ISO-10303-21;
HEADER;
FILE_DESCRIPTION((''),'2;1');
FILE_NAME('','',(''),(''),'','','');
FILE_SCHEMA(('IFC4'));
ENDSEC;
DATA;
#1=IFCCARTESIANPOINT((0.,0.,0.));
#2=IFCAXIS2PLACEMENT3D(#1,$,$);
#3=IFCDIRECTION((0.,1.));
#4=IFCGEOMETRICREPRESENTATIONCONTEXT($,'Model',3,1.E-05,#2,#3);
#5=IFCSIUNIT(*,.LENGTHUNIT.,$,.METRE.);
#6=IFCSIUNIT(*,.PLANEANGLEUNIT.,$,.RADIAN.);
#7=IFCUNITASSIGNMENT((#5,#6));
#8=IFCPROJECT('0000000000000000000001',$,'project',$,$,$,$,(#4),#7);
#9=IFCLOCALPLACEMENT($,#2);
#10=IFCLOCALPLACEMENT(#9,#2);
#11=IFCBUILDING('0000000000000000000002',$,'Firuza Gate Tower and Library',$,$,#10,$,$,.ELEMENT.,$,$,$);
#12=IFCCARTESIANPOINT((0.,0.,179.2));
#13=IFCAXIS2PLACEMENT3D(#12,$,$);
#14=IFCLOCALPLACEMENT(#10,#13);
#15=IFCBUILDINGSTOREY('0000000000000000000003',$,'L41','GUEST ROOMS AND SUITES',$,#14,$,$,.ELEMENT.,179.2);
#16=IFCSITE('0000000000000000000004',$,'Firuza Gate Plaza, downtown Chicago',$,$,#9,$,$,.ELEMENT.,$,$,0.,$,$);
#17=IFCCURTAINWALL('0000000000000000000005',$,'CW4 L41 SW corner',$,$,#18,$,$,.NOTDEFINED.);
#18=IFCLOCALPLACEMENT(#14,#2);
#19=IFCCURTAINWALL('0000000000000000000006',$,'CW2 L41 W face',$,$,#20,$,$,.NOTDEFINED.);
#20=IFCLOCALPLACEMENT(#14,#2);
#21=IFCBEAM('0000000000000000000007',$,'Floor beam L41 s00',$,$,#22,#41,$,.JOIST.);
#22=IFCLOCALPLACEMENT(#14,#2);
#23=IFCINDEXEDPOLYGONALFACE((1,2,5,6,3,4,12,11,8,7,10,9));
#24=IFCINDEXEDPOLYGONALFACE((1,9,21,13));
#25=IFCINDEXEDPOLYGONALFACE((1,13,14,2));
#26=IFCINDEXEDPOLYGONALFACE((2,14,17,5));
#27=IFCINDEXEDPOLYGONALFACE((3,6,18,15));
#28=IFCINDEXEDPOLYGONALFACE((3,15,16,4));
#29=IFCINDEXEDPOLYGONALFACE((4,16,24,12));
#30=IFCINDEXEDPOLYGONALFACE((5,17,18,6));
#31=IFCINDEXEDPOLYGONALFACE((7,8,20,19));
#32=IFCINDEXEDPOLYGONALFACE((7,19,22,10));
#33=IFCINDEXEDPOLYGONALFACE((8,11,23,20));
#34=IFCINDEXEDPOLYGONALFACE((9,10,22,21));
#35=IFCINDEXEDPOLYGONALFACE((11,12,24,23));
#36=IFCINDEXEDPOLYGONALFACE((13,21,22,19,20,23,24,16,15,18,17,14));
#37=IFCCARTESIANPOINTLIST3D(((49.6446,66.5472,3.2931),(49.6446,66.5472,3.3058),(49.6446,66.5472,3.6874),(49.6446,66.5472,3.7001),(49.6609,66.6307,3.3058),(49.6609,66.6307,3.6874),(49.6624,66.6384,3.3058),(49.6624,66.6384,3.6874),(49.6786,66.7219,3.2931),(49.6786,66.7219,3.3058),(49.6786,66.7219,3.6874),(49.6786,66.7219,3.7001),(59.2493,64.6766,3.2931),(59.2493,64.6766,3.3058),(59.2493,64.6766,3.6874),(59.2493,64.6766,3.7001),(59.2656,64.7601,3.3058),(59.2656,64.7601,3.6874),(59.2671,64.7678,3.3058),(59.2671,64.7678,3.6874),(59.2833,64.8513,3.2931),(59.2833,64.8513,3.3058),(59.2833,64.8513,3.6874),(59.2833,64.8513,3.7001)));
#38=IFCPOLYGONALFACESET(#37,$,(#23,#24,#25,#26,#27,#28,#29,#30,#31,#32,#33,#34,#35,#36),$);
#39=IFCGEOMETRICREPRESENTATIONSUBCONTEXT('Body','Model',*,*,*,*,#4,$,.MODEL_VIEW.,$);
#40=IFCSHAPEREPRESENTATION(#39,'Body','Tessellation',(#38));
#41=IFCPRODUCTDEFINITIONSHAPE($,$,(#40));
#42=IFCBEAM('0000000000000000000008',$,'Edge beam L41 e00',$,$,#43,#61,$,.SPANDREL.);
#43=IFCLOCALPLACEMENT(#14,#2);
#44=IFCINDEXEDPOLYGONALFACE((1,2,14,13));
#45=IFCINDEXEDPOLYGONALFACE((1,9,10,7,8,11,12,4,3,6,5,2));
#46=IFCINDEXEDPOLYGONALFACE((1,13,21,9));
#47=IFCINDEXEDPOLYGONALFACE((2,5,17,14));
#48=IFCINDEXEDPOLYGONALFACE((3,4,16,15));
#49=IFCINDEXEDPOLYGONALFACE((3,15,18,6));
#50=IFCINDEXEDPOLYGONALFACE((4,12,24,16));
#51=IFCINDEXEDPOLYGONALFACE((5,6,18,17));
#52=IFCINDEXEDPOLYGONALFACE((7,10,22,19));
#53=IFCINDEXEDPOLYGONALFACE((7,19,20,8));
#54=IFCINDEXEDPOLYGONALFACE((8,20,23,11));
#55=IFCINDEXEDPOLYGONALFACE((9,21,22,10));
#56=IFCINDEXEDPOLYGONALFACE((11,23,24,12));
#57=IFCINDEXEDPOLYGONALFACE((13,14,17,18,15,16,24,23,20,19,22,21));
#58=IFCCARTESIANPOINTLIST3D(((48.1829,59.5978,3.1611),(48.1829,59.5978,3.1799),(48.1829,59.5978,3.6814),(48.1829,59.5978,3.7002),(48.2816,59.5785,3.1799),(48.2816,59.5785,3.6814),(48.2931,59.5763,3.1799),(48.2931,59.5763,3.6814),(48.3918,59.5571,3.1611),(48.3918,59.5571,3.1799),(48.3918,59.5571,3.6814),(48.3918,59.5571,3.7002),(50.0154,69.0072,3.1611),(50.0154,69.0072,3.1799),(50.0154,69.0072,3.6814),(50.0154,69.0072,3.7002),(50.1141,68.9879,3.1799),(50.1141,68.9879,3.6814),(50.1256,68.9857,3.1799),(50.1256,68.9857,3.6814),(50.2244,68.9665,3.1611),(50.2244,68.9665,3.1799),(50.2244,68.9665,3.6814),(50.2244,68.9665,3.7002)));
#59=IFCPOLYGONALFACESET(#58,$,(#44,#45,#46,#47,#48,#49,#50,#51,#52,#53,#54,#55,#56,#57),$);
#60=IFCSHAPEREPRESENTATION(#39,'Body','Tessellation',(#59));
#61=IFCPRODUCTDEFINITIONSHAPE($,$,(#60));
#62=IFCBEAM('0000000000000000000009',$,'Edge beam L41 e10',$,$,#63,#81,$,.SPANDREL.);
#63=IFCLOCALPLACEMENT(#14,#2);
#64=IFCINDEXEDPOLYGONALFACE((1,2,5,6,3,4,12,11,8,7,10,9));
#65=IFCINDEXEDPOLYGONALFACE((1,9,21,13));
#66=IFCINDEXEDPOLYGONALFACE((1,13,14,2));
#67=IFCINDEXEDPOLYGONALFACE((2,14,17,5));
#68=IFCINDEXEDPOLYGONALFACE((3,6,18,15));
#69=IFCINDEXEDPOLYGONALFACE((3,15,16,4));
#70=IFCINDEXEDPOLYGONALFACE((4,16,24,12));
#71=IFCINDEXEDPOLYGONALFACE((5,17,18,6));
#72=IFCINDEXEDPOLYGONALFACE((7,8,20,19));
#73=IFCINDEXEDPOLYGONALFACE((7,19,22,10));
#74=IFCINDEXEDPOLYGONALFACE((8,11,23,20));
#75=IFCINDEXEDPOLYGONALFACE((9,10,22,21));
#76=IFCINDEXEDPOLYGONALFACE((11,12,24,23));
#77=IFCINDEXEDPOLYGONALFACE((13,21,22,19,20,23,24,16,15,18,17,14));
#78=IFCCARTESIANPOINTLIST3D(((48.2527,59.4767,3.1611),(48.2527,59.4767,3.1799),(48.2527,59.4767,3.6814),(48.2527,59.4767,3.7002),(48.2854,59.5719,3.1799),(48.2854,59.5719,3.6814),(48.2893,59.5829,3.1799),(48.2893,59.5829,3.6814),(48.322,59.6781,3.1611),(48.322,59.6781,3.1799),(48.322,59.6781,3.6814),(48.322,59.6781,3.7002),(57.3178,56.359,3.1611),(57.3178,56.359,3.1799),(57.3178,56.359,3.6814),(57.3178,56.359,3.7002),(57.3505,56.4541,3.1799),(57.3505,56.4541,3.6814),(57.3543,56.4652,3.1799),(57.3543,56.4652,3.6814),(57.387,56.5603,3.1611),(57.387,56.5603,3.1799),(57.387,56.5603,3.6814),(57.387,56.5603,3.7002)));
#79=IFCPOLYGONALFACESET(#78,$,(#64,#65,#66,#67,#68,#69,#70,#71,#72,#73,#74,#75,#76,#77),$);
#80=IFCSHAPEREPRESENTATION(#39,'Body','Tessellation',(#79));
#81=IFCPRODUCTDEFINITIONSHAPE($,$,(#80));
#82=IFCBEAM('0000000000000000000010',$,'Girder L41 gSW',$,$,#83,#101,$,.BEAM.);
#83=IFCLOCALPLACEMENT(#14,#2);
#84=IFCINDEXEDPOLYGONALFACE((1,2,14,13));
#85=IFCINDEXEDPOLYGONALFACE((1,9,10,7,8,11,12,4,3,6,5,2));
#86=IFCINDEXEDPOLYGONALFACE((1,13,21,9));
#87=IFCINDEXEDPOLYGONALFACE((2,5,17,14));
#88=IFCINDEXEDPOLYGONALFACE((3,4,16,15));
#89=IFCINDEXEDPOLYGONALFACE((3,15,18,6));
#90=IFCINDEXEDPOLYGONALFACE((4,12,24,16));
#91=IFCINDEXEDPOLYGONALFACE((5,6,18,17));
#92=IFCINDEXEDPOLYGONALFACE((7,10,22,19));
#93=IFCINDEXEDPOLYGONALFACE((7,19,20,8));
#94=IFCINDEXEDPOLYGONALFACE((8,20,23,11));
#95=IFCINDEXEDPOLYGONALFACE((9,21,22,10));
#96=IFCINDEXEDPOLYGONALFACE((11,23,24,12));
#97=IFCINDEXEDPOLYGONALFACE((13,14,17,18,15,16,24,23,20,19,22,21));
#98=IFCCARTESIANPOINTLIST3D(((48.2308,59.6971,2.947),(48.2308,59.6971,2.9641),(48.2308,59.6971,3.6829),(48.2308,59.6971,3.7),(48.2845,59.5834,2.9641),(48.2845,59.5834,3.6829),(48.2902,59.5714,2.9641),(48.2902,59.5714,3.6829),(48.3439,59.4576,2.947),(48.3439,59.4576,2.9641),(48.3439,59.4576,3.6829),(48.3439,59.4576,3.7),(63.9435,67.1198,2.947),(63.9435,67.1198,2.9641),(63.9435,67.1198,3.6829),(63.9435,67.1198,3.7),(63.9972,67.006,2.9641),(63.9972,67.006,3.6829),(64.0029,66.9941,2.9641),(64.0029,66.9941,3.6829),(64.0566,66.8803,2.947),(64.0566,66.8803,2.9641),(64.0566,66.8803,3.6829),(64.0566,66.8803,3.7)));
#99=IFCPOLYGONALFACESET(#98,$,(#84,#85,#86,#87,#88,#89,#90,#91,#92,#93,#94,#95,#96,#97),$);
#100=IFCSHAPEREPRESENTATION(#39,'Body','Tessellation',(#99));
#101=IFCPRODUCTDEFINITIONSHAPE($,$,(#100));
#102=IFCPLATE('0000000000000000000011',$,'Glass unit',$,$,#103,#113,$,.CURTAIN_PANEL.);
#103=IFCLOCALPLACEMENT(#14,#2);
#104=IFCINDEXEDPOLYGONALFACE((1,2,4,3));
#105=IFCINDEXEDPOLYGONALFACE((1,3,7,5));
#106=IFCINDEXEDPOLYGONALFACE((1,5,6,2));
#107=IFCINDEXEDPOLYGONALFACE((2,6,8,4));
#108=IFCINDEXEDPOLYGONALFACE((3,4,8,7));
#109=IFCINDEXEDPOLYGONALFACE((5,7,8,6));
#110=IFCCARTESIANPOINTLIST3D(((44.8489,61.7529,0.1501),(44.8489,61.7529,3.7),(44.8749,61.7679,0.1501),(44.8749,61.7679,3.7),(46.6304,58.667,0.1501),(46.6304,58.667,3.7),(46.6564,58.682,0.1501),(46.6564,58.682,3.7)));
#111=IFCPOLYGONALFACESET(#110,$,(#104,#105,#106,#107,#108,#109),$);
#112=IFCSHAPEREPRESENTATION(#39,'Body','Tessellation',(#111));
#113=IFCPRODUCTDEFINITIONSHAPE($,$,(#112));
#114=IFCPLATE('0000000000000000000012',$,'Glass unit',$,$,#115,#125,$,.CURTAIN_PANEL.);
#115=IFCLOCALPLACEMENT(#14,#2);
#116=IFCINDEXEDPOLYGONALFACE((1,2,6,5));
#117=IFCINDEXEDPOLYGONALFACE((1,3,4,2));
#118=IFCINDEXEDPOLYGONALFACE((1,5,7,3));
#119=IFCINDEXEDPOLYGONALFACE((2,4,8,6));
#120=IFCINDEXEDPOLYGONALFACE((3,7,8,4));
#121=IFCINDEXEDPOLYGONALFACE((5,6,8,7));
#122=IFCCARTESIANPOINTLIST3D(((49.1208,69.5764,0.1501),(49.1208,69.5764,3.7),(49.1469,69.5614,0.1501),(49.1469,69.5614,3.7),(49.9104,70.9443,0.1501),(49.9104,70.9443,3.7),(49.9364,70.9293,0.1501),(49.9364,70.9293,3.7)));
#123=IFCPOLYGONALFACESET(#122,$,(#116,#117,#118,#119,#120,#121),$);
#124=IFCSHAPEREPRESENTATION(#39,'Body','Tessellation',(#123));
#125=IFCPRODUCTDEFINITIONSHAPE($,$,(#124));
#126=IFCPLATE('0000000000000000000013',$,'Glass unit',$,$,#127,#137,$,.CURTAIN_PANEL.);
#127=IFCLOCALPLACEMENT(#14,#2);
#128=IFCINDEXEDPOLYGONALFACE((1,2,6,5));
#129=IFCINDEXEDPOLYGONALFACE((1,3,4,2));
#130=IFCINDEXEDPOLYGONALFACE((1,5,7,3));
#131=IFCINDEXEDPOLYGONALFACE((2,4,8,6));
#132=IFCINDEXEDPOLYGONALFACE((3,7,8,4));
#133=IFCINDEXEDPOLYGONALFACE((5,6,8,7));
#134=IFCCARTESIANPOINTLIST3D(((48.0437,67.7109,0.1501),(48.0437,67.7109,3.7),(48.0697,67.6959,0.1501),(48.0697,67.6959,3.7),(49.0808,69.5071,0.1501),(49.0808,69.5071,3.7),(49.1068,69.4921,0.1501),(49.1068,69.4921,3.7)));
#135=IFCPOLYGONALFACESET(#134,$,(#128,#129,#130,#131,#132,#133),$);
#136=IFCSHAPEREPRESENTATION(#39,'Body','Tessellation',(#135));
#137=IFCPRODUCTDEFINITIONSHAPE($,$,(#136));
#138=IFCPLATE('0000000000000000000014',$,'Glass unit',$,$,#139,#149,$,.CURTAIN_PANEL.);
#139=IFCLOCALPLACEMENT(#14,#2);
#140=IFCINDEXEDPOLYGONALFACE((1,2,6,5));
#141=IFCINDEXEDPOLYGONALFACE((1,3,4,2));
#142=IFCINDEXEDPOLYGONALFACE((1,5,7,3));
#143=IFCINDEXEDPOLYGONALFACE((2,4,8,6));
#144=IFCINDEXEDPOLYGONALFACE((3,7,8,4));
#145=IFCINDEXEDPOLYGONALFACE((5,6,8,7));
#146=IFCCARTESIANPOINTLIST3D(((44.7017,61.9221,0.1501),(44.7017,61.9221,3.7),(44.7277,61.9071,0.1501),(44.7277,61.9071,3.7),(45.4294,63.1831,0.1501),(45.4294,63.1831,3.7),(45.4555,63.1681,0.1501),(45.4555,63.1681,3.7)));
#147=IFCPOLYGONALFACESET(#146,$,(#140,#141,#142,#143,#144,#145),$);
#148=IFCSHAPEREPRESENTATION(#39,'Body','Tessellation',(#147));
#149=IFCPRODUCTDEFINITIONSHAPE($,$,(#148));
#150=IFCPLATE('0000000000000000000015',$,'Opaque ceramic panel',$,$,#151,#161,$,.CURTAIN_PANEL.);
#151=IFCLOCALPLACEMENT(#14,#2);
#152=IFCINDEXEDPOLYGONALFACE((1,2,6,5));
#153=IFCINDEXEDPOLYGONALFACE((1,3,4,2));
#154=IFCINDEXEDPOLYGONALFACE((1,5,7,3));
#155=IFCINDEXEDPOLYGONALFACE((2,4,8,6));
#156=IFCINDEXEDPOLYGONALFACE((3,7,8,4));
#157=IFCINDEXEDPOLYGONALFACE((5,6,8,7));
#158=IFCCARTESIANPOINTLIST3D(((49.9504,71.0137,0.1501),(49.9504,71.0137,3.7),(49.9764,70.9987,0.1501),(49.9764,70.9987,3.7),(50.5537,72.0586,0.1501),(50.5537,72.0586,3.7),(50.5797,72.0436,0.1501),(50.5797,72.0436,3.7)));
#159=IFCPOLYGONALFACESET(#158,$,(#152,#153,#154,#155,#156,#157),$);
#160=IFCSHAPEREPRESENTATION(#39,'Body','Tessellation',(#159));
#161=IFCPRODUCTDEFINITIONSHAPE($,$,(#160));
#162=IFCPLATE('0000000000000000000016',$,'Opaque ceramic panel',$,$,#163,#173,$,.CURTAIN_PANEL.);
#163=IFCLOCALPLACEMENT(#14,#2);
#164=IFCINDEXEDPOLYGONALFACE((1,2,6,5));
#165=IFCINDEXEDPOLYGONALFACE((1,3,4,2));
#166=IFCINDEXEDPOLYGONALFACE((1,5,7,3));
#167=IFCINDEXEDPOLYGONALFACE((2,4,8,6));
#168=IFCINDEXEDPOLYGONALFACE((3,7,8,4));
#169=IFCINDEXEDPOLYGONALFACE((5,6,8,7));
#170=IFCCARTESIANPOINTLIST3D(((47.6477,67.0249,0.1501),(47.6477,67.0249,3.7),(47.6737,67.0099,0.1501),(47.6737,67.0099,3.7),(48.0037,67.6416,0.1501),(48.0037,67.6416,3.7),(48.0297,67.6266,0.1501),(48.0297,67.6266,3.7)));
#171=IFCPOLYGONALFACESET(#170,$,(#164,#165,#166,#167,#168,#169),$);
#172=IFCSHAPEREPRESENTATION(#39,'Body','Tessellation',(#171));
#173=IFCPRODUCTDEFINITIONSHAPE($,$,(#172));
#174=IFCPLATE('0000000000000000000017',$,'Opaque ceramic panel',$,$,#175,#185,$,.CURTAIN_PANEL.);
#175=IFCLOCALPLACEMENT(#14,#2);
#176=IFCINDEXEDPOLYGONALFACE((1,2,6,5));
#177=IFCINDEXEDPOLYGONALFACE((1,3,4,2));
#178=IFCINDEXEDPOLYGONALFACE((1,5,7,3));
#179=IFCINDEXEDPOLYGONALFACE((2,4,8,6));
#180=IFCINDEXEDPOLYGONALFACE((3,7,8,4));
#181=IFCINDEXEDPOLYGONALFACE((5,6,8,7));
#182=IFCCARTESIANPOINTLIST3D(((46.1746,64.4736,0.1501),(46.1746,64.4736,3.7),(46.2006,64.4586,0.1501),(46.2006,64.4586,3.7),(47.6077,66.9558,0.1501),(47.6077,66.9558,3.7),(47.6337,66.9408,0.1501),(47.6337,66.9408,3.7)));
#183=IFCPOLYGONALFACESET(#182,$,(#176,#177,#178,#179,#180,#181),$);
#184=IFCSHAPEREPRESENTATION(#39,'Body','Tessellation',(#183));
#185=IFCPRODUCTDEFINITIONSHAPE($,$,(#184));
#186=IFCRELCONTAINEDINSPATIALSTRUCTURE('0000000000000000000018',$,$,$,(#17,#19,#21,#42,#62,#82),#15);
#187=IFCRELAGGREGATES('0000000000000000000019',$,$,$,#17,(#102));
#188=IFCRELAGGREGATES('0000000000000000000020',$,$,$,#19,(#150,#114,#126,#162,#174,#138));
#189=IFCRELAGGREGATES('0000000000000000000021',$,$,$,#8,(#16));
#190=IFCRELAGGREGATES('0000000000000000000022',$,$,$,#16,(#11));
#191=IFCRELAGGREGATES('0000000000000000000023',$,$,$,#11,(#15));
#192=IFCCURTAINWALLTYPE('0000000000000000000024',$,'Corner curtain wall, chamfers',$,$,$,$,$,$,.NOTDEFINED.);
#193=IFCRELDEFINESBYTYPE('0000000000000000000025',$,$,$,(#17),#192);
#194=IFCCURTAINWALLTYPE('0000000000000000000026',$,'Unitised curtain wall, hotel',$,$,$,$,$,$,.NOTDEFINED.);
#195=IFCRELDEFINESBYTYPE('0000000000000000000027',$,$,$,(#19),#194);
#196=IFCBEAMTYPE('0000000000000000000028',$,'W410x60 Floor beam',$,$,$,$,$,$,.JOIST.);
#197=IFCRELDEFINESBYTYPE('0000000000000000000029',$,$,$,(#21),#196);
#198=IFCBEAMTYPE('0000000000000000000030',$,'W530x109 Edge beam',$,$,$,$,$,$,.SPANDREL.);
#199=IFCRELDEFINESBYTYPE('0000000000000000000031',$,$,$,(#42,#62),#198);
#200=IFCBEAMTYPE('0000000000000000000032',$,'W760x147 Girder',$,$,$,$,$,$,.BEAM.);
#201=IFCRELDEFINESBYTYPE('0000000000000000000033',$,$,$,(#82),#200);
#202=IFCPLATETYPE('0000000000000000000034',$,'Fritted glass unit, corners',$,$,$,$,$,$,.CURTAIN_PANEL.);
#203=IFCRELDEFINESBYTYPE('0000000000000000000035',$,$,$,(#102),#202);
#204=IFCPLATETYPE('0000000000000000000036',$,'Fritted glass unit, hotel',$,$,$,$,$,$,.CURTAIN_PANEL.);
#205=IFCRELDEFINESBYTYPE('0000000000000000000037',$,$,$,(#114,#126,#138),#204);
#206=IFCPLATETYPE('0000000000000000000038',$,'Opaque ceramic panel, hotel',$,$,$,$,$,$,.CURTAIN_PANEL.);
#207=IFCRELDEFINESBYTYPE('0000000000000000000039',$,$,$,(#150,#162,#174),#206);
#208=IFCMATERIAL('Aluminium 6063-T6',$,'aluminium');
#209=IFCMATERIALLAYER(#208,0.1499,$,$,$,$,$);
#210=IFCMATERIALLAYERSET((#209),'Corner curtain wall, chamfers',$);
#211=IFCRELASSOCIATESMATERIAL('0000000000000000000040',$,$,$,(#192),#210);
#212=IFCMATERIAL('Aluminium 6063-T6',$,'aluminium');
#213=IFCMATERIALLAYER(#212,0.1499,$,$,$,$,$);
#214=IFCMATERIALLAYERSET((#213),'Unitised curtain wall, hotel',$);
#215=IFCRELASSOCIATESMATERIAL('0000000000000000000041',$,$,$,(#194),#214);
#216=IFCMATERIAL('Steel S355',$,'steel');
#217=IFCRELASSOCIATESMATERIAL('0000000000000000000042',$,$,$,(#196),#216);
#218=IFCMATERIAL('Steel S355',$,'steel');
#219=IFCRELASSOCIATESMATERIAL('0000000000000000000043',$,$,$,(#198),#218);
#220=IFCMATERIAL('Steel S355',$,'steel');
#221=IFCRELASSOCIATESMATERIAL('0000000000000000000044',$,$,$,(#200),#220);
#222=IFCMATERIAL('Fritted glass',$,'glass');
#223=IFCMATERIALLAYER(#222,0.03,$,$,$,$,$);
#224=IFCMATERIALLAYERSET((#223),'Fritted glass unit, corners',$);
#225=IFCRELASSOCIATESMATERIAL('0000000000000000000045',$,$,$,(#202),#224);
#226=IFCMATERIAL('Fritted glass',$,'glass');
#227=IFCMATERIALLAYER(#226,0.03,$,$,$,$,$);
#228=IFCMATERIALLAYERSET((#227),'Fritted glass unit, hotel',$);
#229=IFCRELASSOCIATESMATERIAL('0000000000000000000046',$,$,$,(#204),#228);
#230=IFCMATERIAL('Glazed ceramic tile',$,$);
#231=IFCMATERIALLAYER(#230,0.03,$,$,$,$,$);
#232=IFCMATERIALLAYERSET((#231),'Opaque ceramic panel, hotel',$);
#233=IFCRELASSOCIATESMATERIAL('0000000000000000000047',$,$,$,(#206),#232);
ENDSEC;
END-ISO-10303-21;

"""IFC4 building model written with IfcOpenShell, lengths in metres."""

from ifc_helpers import new_model, si_unit, direction, frame, origin, origin_2d, place, context, subcontext, project, spatial, polyline, i_section, outline, extrude, material, layer, layer_set, material_profile, profile_set, type_object, element, aggregate, save


model = new_model("IFC4")

# Units and contexts
model_context = context("Model", 3, precision=1e-05, world=origin(), true_north=direction((0.0, 1.0)))
body_context = subcontext(model_context, "Body", "Model", "MODEL_VIEW")
ifc_project = project(units=[si_unit("LENGTHUNIT", "METRE"), si_unit("PLANEANGLEUNIT", "RADIAN")], contexts=[model_context])

# Site, building, storey
site_placement = place(None, origin())
site = spatial("IfcSite", under=ifc_project, at=site_placement, Name="Firuza Gate Plaza, downtown Chicago", CompositionType="ELEMENT", RefElevation=0.0)
building_placement = place(site_placement, origin())
building = spatial("IfcBuilding", under=site, at=building_placement, Name="Firuza Gate Tower and Library", CompositionType="ELEMENT")
storey_placement = place(building_placement, frame((0.0, 0.0, 179.2)))
storey = spatial("IfcBuildingStorey", under=building, at=storey_placement, Name="L41", Description="GUEST ROOMS AND SUITES", CompositionType="ELEMENT", Elevation=179.2)

# Curtain wall
ifc_material_1 = material(Name="Aluminium 6063-T6", Category="aluminium")
ifc_layer_1 = layer(ifc_material_1, 0.1499)
ifc_layer_set_1 = layer_set([ifc_layer_1], Name="Corner curtain wall, chamfers")
curtain_wall_type_1 = type_object("IfcCurtainWallType", Name="Corner curtain wall, chamfers", PredefinedType="NOTDEFINED", material=ifc_layer_set_1)
placement = place(storey_placement, origin())
curtain_wall_1 = element("IfcCurtainWall", 1, at=placement, inside=storey, type_object=curtain_wall_type_1, Name="CW4 L41 SW corner", PredefinedType="NOTDEFINED")

# Curtain wall
ifc_material_2 = material(Name="Aluminium 6063-T6", Category="aluminium")
ifc_layer_2 = layer(ifc_material_2, 0.1499)
ifc_layer_set_2 = layer_set([ifc_layer_2], Name="Unitised curtain wall, hotel")
curtain_wall_type_2 = type_object("IfcCurtainWallType", Name="Unitised curtain wall, hotel", PredefinedType="NOTDEFINED", material=ifc_layer_set_2)
curtain_wall_2 = element("IfcCurtainWall", 2, at=placement, inside=storey, type_object=curtain_wall_type_2, Name="CW2 L41 W face", PredefinedType="NOTDEFINED")

# Beams
ifc_material_3 = material(Name="Steel S355", Category="steel")
ifc_material_profile_1 = material_profile(ifc_material_3, i_section(OverallWidth=0.178, OverallDepth=0.407, WebThickness=0.0078, FlangeThickness=0.0127, at=origin_2d()))
ifc_profile_set_1 = profile_set([ifc_material_profile_1], Name="Steel S355")
beam_type_1 = type_object("IfcBeamType", Name="W410x60 Floor beam", PredefinedType="JOIST", material=ifc_profile_set_1)
beam_1_placement = place(storey_placement, frame((49.6616, 66.6345, 3.4966), z_axis=(0.981558, -0.191167, 0.0), x_axis=(0.191167, 0.981558, 0.0)))
element("IfcBeam", 3, at=beam_1_placement, inside=storey, type_object=beam_type_1, Name="Floor beam L41 s00", PredefinedType="JOIST", context=body_context, shape_type="SweptSolid", body=[
    extrude(i_section(OverallWidth=0.178, OverallDepth=0.407, WebThickness=0.0078, FlangeThickness=0.0127, at=origin_2d()), origin(), (0.0, 0.0, 1.0), 9.7852),
])
ifc_material_4 = material(Name="Steel S355", Category="steel")
ifc_material_profile_2 = material_profile(ifc_material_4, i_section(OverallWidth=0.2129, OverallDepth=0.5391, WebThickness=0.0117, FlangeThickness=0.0188, at=origin_2d()))
ifc_profile_set_2 = profile_set([ifc_material_profile_2], Name="Steel S355")
beam_type_2 = type_object("IfcBeamType", Name="W530x109 Edge beam", PredefinedType="SPANDREL", material=ifc_profile_set_2)
for number, where, z_axis, x_axis, name in (
    (4, (50.1199, 68.9868, 3.4307), (-0.191162, -0.981558, 0.0), (0.981558, -0.191162, 0.0), "Edge beam L41 e00"),
    (5, (48.2874, 59.5774, 3.4307), (0.945635, -0.325229, 0.0), (0.325229, 0.945635, 0.0), "Edge beam L41 e10"),
):
    element("IfcBeam", number, at=place(storey_placement, frame(where, z_axis=z_axis, x_axis=x_axis)), inside=storey, type_object=beam_type_2, Name=name, PredefinedType="SPANDREL", context=body_context, shape_type="SweptSolid", body=[
        extrude(i_section(OverallWidth=0.2129, OverallDepth=0.5391, WebThickness=0.0117, FlangeThickness=0.0188, at=origin_2d()), origin(), (0.0, 0.0, 1.0), 9.5862),
    ])
ifc_material_5 = material(Name="Steel S355", Category="steel")
ifc_material_profile_3 = material_profile(ifc_material_5, i_section(OverallWidth=0.2649, OverallDepth=0.7529, WebThickness=0.0132, FlangeThickness=0.0171, at=origin_2d()))
ifc_profile_set_3 = profile_set([ifc_material_profile_3], Name="Steel S355")
beam_type_3 = type_object("IfcBeamType", Name="W760x147 Girder", PredefinedType="BEAM", material=ifc_profile_set_3)
beam_2_placement = place(storey_placement, frame((48.2874, 59.5774, 3.3235), z_axis=(0.904188, 0.427136, 0.0), x_axis=(-0.427136, 0.904188, 0.0)))
element("IfcBeam", 6, at=beam_2_placement, inside=storey, type_object=beam_type_3, Name="Girder L41 gSW", PredefinedType="BEAM", context=body_context, shape_type="SweptSolid", body=[
    extrude(i_section(OverallWidth=0.2649, OverallDepth=0.7529, WebThickness=0.0132, FlangeThickness=0.0171, at=origin_2d()), origin(), (0.0, 0.0, 1.0), 17.3777),
])

# Plates
ifc_material_6 = material(Name="Fritted glass", Category="glass")
ifc_layer_3 = layer(ifc_material_6, 0.03)
ifc_layer_set_3 = layer_set([ifc_layer_3], Name="Fritted glass unit, corners")
plate_type_1 = type_object("IfcPlateType", Name="Fritted glass unit, corners", PredefinedType="CURTAIN_PANEL", material=ifc_layer_set_3)
plate_1_placement = place(storey_placement, frame((44.8489, 61.7529, 0.1501), z_axis=(-0.866046, -0.499964, 0.0), x_axis=(0.499964, -0.866046, 0.0)))
plate_1 = element("IfcPlate", 7, at=plate_1_placement, type_object=plate_type_1, Name="Glass unit", PredefinedType="CURTAIN_PANEL", context=body_context, shape_type="SweptSolid", body=[
    extrude(outline(polyline([(0.0, 0.0), (3.5632, 0.0), (3.5632, 3.5498), (0.0, 3.5498), (0.0, 0.0)])), origin(), (0.0, 0.0, -1.0), 0.03),
])
aggregate(curtain_wall_1, [plate_1])
ifc_material_7 = material(Name="Fritted glass", Category="glass")
ifc_layer_4 = layer(ifc_material_7, 0.03)
ifc_layer_set_4 = layer_set([ifc_layer_4], Name="Fritted glass unit, hotel")
plate_type_2 = type_object("IfcPlateType", Name="Fritted glass unit, hotel", PredefinedType="CURTAIN_PANEL", material=ifc_layer_set_4)
plate_2_placement = place(storey_placement, frame((49.9104, 70.9443, 0.1501), z_axis=(-0.866085, 0.499896, 0.0), x_axis=(-0.499896, -0.866085, 0.0)))
plate_2 = element("IfcPlate", 8, at=plate_2_placement, type_object=plate_type_2, Name="Glass unit", PredefinedType="CURTAIN_PANEL", context=body_context, shape_type="SweptSolid", body=[
    extrude(outline(polyline([(0.0, 0.0), (1.5794, 0.0), (1.5794, 3.5498), (0.0, 3.5498), (0.0, 0.0)])), origin(), (0.0, 0.0, -1.0), 0.03),
])
plate_3_placement = place(storey_placement, frame((49.0808, 69.5071, 0.1501), z_axis=(-0.866003, 0.500038, 0.0), x_axis=(-0.500038, -0.866003, 0.0)))
plate_3 = element("IfcPlate", 9, at=plate_3_placement, type_object=plate_type_2, Name="Glass unit", PredefinedType="CURTAIN_PANEL", context=body_context, shape_type="SweptSolid", body=[
    extrude(outline(polyline([(0.0, 0.0), (2.0741, 0.0), (2.0741, 3.5498), (0.0, 3.5498), (0.0, 0.0)])), origin(), (0.0, 0.0, -1.0), 0.03),
])
plate_4_placement = place(storey_placement, frame((45.4294, 63.1831, 0.1501), z_axis=(-0.866099, 0.499872, 0.0), x_axis=(-0.499872, -0.866099, 0.0)))
plate_4 = element("IfcPlate", 10, at=plate_4_placement, type_object=plate_type_2, Name="Glass unit", PredefinedType="CURTAIN_PANEL", context=body_context, shape_type="SweptSolid", body=[
    extrude(outline(polyline([(0.0, 0.0), (1.4559, 0.0), (1.4559, 3.5498), (0.0, 3.5498), (0.0, 0.0)])), origin(), (0.0, 0.0, -1.0), 0.03),
])
ifc_material_8 = material(Name="Glazed ceramic tile")
ifc_layer_5 = layer(ifc_material_8, 0.03)
ifc_layer_set_5 = layer_set([ifc_layer_5], Name="Opaque ceramic panel, hotel")
plate_type_3 = type_object("IfcPlateType", Name="Opaque ceramic panel, hotel", PredefinedType="CURTAIN_PANEL", material=ifc_layer_set_5)
plate_5_placement = place(storey_placement, frame((50.5537, 72.0586, 0.1501), z_axis=(-0.866031, 0.499991, 0.0), x_axis=(-0.499991, -0.866031, 0.0)))
plate_5 = element("IfcPlate", 11, at=plate_5_placement, type_object=plate_type_3, Name="Opaque ceramic panel", PredefinedType="CURTAIN_PANEL", context=body_context, shape_type="SweptSolid", body=[
    extrude(outline(polyline([(0.0, 0.0), (1.2066, 0.0), (1.2066, 3.5498), (0.0, 3.5498), (0.0, 0.0)])), origin(), (0.0, 0.0, -1.0), 0.03),
])
plate_6_placement = place(storey_placement, frame((48.0037, 67.6416, 0.1501), z_axis=(-0.866083, 0.499901, 0.0), x_axis=(-0.499901, -0.866083, 0.0)))
plate_6 = element("IfcPlate", 12, at=plate_6_placement, type_object=plate_type_3, Name="Opaque ceramic panel", PredefinedType="CURTAIN_PANEL", context=body_context, shape_type="SweptSolid", body=[
    extrude(outline(polyline([(0.0, 0.0), (0.7121, 0.0), (0.7121, 3.5498), (0.0, 3.5498), (0.0, 0.0)])), origin(), (0.0, 0.0, -1.0), 0.03),
])
plate_7_placement = place(storey_placement, frame((47.6077, 66.9558, 0.1501), z_axis=(-0.866022, 0.500005, 0.0), x_axis=(-0.500005, -0.866022, 0.0)))
plate_7 = element("IfcPlate", 13, at=plate_7_placement, type_object=plate_type_3, Name="Opaque ceramic panel", PredefinedType="CURTAIN_PANEL", context=body_context, shape_type="SweptSolid", body=[
    extrude(outline(polyline([(0.0, 0.0), (2.8662, 0.0), (2.8662, 3.5498), (0.0, 3.5498), (0.0, 0.0)])), origin(), (0.0, 0.0, -1.0), 0.03),
])
aggregate(curtain_wall_2, [plate_5, plate_2, plate_3, plate_6, plate_7, plate_4])

save(model, "model.ifc")
